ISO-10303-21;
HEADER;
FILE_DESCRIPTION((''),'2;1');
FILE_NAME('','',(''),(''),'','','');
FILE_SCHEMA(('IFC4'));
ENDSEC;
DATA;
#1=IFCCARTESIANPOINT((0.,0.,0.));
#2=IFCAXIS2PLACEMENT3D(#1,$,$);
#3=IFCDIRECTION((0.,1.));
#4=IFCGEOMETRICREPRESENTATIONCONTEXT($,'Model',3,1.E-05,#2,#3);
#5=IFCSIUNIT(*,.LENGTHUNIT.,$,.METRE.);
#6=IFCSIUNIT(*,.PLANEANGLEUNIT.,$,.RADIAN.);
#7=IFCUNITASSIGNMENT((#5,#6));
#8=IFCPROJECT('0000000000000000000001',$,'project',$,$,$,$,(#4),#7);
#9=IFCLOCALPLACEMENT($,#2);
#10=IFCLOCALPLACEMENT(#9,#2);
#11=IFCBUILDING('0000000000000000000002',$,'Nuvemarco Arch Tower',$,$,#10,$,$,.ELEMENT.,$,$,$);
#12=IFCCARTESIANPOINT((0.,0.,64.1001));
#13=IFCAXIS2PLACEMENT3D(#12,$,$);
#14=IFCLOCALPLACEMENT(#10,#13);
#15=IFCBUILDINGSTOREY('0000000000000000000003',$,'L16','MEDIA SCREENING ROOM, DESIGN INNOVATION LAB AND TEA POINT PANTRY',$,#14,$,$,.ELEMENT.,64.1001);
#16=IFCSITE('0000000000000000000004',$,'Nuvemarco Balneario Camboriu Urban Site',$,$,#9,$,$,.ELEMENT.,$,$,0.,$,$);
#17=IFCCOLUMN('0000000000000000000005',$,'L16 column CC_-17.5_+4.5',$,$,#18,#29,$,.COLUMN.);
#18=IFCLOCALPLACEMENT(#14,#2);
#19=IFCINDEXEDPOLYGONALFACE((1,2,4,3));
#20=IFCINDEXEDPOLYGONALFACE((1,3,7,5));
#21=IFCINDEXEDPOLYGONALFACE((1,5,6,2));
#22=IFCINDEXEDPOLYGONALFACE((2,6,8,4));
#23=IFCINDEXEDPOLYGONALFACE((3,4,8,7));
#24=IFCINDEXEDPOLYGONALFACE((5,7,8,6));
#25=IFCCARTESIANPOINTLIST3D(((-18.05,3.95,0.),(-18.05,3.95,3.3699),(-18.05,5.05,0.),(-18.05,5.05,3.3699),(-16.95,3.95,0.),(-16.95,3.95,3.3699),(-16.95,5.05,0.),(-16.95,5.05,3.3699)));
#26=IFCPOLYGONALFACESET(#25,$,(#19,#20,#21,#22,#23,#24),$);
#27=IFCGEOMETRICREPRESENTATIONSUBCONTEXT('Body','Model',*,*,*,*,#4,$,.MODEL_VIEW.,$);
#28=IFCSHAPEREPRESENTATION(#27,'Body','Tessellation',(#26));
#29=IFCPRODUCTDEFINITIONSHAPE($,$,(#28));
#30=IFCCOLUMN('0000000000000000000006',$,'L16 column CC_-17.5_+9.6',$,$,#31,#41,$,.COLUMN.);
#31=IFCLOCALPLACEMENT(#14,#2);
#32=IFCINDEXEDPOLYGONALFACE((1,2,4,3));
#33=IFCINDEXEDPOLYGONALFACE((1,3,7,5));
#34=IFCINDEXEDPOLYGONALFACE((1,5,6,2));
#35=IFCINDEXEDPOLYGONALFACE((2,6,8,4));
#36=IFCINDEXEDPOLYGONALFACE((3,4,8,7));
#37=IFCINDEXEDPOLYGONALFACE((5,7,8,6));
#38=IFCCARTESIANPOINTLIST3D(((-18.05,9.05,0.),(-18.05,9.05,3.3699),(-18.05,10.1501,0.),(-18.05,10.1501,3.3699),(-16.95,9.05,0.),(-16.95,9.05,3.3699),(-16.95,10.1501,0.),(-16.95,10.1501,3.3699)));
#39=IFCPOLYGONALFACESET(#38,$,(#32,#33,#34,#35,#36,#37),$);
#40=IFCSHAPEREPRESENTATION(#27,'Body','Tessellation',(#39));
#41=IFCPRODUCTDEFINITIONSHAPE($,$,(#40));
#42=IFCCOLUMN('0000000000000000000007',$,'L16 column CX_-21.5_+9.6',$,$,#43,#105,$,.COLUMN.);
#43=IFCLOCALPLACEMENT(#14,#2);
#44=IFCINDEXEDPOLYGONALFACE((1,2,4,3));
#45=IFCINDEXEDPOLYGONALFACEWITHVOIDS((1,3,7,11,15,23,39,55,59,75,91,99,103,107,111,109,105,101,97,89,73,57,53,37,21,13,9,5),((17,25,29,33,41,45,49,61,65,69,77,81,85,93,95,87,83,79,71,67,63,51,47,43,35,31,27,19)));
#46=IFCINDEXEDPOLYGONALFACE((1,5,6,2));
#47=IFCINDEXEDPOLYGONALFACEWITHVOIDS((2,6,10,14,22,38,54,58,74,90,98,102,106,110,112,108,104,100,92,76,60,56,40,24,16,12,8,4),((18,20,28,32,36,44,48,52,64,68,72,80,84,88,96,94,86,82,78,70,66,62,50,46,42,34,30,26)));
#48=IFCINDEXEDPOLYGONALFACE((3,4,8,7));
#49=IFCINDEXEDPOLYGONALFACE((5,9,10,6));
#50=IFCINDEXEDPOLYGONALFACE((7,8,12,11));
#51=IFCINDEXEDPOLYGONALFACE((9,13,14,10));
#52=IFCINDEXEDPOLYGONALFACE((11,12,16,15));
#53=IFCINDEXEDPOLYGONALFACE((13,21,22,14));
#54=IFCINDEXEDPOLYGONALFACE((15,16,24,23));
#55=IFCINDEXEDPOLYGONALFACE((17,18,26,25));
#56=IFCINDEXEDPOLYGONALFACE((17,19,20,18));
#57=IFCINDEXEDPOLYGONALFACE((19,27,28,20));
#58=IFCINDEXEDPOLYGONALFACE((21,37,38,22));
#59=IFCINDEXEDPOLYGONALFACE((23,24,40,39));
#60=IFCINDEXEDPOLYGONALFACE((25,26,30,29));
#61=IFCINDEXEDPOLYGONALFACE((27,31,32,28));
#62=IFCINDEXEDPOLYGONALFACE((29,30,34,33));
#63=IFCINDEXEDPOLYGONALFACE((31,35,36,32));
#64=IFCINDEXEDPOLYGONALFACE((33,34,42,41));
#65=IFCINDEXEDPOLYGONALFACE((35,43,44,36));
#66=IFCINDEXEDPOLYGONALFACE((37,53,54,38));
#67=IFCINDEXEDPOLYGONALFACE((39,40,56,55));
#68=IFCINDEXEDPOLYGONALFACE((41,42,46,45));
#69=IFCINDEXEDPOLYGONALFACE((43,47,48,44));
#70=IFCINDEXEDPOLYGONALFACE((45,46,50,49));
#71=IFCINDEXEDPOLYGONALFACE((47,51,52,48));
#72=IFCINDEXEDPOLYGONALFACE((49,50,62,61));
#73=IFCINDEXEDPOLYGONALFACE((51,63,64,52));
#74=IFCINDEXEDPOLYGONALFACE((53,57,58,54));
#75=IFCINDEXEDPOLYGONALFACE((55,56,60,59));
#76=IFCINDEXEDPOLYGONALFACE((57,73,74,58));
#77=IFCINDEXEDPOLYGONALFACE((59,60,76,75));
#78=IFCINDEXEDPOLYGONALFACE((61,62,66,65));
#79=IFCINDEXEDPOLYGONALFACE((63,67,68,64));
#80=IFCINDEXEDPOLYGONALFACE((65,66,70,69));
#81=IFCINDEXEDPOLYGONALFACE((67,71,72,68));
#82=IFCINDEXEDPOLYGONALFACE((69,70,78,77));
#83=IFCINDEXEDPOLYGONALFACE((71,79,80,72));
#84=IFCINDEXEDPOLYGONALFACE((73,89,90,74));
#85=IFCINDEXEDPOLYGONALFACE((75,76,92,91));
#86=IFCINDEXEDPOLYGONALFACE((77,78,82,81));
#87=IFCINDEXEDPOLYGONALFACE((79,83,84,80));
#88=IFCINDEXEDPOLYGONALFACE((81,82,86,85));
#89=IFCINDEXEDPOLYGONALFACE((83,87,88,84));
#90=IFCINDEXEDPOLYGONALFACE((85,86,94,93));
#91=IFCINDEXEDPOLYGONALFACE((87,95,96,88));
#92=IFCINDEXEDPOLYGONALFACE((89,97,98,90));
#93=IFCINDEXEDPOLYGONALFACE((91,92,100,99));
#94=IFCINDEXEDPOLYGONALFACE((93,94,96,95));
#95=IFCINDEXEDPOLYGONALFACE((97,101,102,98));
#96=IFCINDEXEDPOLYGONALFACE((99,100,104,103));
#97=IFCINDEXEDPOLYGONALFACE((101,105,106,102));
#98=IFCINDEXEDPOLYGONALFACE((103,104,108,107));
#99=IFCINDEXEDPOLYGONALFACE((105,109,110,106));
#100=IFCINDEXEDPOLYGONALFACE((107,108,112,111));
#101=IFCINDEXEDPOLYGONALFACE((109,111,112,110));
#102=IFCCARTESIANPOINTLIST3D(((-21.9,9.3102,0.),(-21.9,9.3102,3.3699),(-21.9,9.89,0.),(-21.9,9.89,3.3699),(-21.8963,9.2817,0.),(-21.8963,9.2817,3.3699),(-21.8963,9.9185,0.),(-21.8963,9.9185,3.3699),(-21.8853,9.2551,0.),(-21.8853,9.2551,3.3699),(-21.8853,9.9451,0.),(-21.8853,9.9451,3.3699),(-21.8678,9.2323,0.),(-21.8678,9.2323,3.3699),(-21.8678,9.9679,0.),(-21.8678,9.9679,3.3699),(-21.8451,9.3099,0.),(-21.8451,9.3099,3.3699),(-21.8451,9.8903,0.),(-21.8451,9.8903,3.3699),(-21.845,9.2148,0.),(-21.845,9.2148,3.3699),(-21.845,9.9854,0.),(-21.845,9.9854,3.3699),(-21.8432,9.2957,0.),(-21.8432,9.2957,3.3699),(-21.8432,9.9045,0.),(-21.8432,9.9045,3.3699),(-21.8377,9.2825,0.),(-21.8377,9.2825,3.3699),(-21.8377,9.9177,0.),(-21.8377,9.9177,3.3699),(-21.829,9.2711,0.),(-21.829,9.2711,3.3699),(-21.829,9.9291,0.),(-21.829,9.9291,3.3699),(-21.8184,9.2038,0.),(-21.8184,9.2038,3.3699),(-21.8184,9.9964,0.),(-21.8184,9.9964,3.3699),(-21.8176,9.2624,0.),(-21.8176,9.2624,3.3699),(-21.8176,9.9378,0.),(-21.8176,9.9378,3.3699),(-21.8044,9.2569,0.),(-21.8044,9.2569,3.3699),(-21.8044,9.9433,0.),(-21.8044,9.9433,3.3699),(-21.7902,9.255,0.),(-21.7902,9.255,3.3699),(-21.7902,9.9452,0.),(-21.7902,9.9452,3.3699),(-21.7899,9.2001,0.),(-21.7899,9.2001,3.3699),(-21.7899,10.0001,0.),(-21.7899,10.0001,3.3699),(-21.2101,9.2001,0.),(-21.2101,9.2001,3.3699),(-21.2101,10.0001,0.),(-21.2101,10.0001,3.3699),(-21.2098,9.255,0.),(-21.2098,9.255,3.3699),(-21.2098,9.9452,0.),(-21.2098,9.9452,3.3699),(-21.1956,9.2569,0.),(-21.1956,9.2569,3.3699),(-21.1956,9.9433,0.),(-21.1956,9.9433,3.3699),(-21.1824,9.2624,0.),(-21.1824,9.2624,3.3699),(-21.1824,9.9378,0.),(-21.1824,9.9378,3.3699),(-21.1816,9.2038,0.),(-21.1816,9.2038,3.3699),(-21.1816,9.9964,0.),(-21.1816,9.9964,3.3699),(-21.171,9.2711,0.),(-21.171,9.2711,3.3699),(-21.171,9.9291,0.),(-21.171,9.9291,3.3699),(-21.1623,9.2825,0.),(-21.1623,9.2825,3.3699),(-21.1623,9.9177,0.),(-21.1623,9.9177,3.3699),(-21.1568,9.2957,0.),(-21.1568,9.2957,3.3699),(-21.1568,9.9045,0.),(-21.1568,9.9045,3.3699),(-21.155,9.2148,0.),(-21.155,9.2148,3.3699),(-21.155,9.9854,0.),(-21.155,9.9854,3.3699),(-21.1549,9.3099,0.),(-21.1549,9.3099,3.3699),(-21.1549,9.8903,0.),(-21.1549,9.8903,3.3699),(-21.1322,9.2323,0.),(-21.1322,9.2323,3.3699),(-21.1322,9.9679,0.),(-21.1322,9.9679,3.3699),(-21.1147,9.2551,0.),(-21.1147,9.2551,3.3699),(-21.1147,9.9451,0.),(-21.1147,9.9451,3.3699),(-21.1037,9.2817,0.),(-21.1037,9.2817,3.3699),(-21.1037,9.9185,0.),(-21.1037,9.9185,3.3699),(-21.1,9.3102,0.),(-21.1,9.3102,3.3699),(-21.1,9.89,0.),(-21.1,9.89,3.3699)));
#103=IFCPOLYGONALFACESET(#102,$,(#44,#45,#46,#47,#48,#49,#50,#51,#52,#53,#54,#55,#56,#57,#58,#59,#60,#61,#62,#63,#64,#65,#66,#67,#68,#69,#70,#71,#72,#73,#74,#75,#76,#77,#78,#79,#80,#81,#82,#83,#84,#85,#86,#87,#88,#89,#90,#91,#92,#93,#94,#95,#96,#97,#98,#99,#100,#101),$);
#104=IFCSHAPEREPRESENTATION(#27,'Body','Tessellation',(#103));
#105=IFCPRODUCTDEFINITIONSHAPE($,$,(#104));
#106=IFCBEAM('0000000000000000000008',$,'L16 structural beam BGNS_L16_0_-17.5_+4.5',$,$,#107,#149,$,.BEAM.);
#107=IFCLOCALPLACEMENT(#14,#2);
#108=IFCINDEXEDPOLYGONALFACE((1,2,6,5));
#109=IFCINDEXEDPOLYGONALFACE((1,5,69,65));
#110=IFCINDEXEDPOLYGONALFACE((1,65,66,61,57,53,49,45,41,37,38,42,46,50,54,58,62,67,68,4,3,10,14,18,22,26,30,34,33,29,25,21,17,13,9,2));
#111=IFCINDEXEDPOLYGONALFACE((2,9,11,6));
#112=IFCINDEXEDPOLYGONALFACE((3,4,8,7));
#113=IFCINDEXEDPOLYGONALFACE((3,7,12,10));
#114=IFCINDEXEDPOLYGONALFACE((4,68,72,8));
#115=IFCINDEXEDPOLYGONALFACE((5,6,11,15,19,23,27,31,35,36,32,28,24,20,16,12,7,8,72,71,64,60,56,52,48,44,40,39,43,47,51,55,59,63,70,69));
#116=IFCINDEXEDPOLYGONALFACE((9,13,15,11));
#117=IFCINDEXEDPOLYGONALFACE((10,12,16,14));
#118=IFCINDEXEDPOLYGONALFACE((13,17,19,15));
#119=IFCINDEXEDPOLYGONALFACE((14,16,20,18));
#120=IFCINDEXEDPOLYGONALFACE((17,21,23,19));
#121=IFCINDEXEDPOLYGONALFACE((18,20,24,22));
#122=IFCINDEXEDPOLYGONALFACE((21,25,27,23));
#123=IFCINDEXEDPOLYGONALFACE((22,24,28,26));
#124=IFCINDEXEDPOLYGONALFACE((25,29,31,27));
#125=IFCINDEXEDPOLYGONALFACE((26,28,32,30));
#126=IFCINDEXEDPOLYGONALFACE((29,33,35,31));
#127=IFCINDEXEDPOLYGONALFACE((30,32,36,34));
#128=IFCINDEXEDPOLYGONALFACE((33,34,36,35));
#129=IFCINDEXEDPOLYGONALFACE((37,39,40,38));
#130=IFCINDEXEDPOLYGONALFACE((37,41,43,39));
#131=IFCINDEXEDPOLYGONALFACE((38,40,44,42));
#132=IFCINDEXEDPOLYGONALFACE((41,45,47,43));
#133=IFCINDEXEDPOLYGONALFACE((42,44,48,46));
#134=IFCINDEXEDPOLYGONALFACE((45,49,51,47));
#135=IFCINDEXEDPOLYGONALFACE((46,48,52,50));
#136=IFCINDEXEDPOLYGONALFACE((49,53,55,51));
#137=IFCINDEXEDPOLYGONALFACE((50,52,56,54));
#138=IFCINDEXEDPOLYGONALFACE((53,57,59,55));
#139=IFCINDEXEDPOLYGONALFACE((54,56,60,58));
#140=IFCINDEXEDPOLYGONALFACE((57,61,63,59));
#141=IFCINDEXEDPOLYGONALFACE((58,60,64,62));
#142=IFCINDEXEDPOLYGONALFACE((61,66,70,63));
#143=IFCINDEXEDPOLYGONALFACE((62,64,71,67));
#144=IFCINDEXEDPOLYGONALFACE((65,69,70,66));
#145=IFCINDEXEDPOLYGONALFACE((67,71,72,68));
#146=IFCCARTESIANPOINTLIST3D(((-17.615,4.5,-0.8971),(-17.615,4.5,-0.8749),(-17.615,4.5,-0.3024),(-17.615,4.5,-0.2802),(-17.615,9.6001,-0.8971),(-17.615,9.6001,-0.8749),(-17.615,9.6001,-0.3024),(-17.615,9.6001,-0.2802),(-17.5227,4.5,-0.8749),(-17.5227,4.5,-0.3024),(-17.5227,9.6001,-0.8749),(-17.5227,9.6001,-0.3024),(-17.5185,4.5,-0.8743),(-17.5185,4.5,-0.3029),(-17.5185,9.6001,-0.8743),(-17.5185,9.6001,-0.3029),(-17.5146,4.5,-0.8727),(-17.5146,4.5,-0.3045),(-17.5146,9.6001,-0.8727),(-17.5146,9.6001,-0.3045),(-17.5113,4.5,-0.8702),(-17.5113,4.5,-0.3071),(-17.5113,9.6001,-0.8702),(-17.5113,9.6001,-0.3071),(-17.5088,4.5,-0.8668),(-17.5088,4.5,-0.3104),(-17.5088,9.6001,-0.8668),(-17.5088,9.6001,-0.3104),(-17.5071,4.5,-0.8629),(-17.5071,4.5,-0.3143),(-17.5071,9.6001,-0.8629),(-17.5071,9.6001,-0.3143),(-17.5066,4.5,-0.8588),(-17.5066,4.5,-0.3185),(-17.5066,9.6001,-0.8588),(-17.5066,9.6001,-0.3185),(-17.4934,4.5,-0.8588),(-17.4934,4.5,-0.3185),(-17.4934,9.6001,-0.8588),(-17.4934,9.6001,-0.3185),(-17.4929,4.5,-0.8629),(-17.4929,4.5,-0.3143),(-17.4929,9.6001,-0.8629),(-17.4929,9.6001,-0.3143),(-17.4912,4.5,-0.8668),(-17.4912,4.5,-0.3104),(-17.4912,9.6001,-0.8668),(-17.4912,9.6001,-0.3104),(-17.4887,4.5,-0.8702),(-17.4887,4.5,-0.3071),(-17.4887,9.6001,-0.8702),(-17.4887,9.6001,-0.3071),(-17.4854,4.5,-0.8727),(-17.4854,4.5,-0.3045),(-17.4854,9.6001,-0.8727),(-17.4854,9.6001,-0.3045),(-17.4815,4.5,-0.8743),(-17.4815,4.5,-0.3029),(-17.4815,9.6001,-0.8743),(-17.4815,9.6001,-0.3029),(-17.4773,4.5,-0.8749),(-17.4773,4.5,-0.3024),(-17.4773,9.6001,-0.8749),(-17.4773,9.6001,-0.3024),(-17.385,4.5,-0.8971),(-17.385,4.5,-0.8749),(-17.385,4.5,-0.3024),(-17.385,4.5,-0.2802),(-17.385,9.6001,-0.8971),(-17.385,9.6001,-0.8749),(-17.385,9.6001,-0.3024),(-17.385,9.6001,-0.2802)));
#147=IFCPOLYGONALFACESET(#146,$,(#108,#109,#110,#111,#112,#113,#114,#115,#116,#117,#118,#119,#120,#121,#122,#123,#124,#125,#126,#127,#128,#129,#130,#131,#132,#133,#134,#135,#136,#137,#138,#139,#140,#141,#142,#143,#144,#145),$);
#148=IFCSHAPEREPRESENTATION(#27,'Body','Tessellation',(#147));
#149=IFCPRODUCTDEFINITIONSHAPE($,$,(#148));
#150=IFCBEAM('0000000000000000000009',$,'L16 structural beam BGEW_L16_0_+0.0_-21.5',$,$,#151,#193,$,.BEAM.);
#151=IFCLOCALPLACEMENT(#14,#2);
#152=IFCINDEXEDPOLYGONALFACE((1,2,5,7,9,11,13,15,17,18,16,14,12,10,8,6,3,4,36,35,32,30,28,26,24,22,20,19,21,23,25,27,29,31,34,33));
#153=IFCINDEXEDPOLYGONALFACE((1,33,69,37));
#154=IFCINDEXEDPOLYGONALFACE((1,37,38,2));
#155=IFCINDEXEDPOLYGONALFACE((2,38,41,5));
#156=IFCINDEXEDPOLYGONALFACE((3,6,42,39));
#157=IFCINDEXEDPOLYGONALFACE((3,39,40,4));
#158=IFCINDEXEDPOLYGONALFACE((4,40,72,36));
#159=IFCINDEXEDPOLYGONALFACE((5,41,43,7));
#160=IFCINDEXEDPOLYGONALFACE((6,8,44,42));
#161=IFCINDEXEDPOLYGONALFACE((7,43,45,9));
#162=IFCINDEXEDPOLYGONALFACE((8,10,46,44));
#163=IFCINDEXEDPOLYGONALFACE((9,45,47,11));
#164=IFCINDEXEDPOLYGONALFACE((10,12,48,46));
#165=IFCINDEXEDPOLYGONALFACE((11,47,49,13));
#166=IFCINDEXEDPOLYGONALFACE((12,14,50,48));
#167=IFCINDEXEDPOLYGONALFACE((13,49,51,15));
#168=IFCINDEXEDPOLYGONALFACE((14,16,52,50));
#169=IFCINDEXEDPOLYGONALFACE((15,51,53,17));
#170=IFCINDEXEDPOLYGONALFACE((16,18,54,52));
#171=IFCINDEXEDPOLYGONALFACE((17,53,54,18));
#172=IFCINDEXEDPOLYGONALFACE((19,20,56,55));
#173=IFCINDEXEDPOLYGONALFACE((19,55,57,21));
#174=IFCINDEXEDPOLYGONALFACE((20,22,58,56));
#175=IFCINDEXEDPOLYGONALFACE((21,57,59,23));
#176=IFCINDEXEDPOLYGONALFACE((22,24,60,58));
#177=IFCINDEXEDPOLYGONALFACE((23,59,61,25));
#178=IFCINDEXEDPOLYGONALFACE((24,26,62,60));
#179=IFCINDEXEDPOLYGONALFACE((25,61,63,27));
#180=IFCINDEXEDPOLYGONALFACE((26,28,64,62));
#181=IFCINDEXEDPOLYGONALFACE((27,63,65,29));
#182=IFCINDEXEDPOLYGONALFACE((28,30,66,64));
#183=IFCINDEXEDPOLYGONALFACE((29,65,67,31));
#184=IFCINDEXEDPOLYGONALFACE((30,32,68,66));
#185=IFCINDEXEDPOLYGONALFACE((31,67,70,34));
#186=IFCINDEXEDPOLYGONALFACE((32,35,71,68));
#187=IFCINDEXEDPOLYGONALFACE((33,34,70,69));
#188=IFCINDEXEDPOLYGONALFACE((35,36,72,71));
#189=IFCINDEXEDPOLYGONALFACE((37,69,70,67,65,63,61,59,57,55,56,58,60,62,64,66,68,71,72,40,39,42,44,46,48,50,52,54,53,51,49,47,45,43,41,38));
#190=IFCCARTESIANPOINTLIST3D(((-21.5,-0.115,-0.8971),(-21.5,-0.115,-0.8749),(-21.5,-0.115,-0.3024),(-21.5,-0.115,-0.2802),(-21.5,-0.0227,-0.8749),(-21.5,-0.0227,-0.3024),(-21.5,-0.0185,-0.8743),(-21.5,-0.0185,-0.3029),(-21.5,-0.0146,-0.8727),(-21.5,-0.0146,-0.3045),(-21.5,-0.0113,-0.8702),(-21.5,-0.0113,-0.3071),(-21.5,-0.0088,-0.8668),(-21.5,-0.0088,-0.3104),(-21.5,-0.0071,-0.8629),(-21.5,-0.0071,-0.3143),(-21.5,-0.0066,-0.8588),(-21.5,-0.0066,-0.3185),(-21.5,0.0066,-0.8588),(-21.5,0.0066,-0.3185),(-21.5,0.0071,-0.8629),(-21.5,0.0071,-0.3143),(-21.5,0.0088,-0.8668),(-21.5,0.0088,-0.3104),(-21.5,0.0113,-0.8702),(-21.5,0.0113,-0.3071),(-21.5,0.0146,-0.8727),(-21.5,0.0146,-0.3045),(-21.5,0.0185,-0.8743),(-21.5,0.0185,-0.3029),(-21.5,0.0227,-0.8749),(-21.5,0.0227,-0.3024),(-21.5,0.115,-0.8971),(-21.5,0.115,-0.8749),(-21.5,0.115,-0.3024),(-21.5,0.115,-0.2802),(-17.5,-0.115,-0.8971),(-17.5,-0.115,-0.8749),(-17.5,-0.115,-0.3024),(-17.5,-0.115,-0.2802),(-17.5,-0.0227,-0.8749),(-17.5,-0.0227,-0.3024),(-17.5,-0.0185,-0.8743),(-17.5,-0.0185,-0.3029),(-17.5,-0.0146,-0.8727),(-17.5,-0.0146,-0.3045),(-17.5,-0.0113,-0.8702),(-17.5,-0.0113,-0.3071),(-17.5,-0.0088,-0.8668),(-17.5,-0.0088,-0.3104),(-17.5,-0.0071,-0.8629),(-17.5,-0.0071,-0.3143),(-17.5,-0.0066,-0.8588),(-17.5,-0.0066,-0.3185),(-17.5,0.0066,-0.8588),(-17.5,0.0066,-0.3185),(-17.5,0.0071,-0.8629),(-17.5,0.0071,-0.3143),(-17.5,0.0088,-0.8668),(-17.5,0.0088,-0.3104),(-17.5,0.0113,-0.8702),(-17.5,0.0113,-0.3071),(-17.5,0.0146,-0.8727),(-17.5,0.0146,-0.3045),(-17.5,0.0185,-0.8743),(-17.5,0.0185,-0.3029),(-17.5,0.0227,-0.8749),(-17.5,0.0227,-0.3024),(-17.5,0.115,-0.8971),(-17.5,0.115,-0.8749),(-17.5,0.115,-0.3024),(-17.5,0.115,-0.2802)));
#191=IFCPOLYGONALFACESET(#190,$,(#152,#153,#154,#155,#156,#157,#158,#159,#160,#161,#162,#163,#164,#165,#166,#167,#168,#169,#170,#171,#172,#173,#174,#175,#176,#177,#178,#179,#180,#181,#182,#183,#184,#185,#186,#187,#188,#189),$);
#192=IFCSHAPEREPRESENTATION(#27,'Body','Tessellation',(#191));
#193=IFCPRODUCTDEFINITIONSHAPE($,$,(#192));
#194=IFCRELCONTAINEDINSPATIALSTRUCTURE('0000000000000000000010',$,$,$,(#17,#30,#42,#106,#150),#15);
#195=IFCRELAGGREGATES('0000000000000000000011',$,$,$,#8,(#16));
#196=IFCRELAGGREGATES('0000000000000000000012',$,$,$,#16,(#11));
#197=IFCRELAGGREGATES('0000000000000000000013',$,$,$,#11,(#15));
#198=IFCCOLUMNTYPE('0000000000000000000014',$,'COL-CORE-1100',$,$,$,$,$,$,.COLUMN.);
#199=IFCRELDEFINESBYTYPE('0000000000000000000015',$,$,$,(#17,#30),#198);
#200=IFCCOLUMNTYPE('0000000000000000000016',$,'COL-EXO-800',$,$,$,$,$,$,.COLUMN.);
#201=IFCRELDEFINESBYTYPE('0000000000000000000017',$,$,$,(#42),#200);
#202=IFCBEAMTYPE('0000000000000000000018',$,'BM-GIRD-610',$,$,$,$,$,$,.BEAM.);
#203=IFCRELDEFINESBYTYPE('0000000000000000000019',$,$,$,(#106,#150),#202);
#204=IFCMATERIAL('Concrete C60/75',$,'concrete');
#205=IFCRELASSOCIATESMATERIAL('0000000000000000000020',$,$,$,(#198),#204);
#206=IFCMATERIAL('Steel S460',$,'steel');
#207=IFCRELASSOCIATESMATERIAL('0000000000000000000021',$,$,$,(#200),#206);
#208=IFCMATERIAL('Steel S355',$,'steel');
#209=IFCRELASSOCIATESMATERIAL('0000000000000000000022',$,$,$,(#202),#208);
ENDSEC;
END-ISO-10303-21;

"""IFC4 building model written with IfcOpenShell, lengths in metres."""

from ifc_helpers import new_model, si_unit, direction, frame, origin, origin_2d, place, context, subcontext, project, spatial, rectangle, hollow_rectangle, i_section, extrude, material, material_profile, profile_set, type_object, element, save


model = new_model("IFC4")

# Units and contexts
model_context = context("Model", 3, precision=1e-05, world=origin(), true_north=direction((0.0, 1.0)))
body_context = subcontext(model_context, "Body", "Model", "MODEL_VIEW")
ifc_project = project(units=[si_unit("LENGTHUNIT", "METRE"), si_unit("PLANEANGLEUNIT", "RADIAN")], contexts=[model_context])

# Site, building, storey
site_placement = place(None, origin())
site = spatial("IfcSite", under=ifc_project, at=site_placement, Name="Nuvemarco Balneario Camboriu Urban Site", CompositionType="ELEMENT", RefElevation=0.0)
building_placement = place(site_placement, origin())
building = spatial("IfcBuilding", under=site, at=building_placement, Name="Nuvemarco Arch Tower", CompositionType="ELEMENT")
storey_placement = place(building_placement, frame((0.0, 0.0, 64.1001)))
storey = spatial("IfcBuildingStorey", under=building, at=storey_placement, Name="L16", Description="MEDIA SCREENING ROOM, DESIGN INNOVATION LAB AND TEA POINT PANTRY", CompositionType="ELEMENT", Elevation=64.1001)

# Columns
ifc_material_1 = material(Name="Concrete C60/75", Category="concrete")
ifc_material_profile_1 = material_profile(ifc_material_1, rectangle(XDim=1.1001, YDim=1.1001, at=origin_2d()), Name="RC-COL-1100x1100")
ifc_profile_set_1 = profile_set([ifc_material_profile_1], Name="Concrete C60/75")
column_type_1 = type_object("IfcColumnType", Name="COL-CORE-1100", PredefinedType="COLUMN", material=ifc_profile_set_1)
for number, where, z_axis, x_axis, name in (
    (1, (-17.5, 4.5, 0.0), (0.0, 0.0, 1.0), (1.0, 0.0, 0.0), "L16 column CC_-17.5_+4.5"),
    (2, (-17.5, 9.6001, 0.0), (0.0, 0.0, 1.0), (1.0, 0.0, 0.0), "L16 column CC_-17.5_+9.6"),
):
    element("IfcColumn", number, at=place(storey_placement, frame(where, z_axis=z_axis, x_axis=x_axis)), inside=storey, type_object=column_type_1, Name=name, PredefinedType="COLUMN", context=body_context, shape_type="SweptSolid", body=[
        extrude(rectangle(XDim=1.1001, YDim=1.1001, at=origin_2d()), origin(), (0.0, 0.0, 1.0), 3.3699),
    ])
ifc_material_2 = material(Name="Steel S460", Category="steel")
ifc_material_profile_2 = material_profile(ifc_material_2, hollow_rectangle(XDim=0.8, YDim=0.8, WallThickness=0.0549, InnerFilletRadius=0.0549, OuterFilletRadius=0.1101, at=origin_2d()), Name="SHS800x800x55")
ifc_profile_set_2 = profile_set([ifc_material_profile_2], Name="Steel S460")
column_type_2 = type_object("IfcColumnType", Name="COL-EXO-800", PredefinedType="COLUMN", material=ifc_profile_set_2)
column_placement = place(storey_placement, frame((-21.5, 9.6001, 0.0), z_axis=(0.0, 0.0, 1.0), x_axis=(1.0, 0.0, 0.0)))
element("IfcColumn", 3, at=column_placement, inside=storey, type_object=column_type_2, Name="L16 column CX_-21.5_+9.6", PredefinedType="COLUMN", context=body_context, shape_type="SweptSolid", body=[
    extrude(hollow_rectangle(XDim=0.8, YDim=0.8, WallThickness=0.0549, InnerFilletRadius=0.0549, OuterFilletRadius=0.1101, at=origin_2d()), origin(), (0.0, 0.0, 1.0), 3.3699),
])

# Beams
ifc_material_3 = material(Name="Steel S355", Category="steel")
ifc_material_profile_3 = material_profile(ifc_material_3, i_section(OverallWidth=0.23, OverallDepth=0.6169, WebThickness=0.0132, FlangeThickness=0.0222, FilletRadius=0.0161, at=origin_2d()), Name="W610x140")
ifc_profile_set_3 = profile_set([ifc_material_profile_3], Name="Steel S355")
beam_type_1 = type_object("IfcBeamType", Name="BM-GIRD-610", PredefinedType="BEAM", material=ifc_profile_set_3)
beam_1_placement = place(storey_placement, frame((-17.5, 4.5, -0.5886), z_axis=(0.0, 1.0, 0.0), x_axis=(-1.0, 0.0, 0.0)))
element("IfcBeam", 4, at=beam_1_placement, inside=storey, type_object=beam_type_1, Name="L16 structural beam BGNS_L16_0_-17.5_+4.5", PredefinedType="BEAM", context=body_context, shape_type="SweptSolid", body=[
    extrude(i_section(OverallWidth=0.23, OverallDepth=0.6169, WebThickness=0.0132, FlangeThickness=0.0222, FilletRadius=0.0161, at=origin_2d()), origin(), (0.0, 0.0, 1.0), 5.1001),
])
for number, where, z_axis, x_axis, name in (
    (5, (-21.5, 0.0, -0.5886), (1.0, 0.0, 0.0), (0.0, 1.0, 0.0), "L16 structural beam BGEW_L16_0_+0.0_-21.5"),
):
    element("IfcBeam", number, at=place(storey_placement, frame(where, z_axis=z_axis, x_axis=x_axis)), inside=storey, type_object=beam_type_1, Name=name, PredefinedType="BEAM", context=body_context, shape_type="SweptSolid", body=[
        extrude(i_section(OverallWidth=0.23, OverallDepth=0.6169, WebThickness=0.0132, FlangeThickness=0.0222, FilletRadius=0.0161, at=origin_2d()), origin(), (0.0, 0.0, 1.0), 4.0),
    ])

save(model, "model.ifc")
